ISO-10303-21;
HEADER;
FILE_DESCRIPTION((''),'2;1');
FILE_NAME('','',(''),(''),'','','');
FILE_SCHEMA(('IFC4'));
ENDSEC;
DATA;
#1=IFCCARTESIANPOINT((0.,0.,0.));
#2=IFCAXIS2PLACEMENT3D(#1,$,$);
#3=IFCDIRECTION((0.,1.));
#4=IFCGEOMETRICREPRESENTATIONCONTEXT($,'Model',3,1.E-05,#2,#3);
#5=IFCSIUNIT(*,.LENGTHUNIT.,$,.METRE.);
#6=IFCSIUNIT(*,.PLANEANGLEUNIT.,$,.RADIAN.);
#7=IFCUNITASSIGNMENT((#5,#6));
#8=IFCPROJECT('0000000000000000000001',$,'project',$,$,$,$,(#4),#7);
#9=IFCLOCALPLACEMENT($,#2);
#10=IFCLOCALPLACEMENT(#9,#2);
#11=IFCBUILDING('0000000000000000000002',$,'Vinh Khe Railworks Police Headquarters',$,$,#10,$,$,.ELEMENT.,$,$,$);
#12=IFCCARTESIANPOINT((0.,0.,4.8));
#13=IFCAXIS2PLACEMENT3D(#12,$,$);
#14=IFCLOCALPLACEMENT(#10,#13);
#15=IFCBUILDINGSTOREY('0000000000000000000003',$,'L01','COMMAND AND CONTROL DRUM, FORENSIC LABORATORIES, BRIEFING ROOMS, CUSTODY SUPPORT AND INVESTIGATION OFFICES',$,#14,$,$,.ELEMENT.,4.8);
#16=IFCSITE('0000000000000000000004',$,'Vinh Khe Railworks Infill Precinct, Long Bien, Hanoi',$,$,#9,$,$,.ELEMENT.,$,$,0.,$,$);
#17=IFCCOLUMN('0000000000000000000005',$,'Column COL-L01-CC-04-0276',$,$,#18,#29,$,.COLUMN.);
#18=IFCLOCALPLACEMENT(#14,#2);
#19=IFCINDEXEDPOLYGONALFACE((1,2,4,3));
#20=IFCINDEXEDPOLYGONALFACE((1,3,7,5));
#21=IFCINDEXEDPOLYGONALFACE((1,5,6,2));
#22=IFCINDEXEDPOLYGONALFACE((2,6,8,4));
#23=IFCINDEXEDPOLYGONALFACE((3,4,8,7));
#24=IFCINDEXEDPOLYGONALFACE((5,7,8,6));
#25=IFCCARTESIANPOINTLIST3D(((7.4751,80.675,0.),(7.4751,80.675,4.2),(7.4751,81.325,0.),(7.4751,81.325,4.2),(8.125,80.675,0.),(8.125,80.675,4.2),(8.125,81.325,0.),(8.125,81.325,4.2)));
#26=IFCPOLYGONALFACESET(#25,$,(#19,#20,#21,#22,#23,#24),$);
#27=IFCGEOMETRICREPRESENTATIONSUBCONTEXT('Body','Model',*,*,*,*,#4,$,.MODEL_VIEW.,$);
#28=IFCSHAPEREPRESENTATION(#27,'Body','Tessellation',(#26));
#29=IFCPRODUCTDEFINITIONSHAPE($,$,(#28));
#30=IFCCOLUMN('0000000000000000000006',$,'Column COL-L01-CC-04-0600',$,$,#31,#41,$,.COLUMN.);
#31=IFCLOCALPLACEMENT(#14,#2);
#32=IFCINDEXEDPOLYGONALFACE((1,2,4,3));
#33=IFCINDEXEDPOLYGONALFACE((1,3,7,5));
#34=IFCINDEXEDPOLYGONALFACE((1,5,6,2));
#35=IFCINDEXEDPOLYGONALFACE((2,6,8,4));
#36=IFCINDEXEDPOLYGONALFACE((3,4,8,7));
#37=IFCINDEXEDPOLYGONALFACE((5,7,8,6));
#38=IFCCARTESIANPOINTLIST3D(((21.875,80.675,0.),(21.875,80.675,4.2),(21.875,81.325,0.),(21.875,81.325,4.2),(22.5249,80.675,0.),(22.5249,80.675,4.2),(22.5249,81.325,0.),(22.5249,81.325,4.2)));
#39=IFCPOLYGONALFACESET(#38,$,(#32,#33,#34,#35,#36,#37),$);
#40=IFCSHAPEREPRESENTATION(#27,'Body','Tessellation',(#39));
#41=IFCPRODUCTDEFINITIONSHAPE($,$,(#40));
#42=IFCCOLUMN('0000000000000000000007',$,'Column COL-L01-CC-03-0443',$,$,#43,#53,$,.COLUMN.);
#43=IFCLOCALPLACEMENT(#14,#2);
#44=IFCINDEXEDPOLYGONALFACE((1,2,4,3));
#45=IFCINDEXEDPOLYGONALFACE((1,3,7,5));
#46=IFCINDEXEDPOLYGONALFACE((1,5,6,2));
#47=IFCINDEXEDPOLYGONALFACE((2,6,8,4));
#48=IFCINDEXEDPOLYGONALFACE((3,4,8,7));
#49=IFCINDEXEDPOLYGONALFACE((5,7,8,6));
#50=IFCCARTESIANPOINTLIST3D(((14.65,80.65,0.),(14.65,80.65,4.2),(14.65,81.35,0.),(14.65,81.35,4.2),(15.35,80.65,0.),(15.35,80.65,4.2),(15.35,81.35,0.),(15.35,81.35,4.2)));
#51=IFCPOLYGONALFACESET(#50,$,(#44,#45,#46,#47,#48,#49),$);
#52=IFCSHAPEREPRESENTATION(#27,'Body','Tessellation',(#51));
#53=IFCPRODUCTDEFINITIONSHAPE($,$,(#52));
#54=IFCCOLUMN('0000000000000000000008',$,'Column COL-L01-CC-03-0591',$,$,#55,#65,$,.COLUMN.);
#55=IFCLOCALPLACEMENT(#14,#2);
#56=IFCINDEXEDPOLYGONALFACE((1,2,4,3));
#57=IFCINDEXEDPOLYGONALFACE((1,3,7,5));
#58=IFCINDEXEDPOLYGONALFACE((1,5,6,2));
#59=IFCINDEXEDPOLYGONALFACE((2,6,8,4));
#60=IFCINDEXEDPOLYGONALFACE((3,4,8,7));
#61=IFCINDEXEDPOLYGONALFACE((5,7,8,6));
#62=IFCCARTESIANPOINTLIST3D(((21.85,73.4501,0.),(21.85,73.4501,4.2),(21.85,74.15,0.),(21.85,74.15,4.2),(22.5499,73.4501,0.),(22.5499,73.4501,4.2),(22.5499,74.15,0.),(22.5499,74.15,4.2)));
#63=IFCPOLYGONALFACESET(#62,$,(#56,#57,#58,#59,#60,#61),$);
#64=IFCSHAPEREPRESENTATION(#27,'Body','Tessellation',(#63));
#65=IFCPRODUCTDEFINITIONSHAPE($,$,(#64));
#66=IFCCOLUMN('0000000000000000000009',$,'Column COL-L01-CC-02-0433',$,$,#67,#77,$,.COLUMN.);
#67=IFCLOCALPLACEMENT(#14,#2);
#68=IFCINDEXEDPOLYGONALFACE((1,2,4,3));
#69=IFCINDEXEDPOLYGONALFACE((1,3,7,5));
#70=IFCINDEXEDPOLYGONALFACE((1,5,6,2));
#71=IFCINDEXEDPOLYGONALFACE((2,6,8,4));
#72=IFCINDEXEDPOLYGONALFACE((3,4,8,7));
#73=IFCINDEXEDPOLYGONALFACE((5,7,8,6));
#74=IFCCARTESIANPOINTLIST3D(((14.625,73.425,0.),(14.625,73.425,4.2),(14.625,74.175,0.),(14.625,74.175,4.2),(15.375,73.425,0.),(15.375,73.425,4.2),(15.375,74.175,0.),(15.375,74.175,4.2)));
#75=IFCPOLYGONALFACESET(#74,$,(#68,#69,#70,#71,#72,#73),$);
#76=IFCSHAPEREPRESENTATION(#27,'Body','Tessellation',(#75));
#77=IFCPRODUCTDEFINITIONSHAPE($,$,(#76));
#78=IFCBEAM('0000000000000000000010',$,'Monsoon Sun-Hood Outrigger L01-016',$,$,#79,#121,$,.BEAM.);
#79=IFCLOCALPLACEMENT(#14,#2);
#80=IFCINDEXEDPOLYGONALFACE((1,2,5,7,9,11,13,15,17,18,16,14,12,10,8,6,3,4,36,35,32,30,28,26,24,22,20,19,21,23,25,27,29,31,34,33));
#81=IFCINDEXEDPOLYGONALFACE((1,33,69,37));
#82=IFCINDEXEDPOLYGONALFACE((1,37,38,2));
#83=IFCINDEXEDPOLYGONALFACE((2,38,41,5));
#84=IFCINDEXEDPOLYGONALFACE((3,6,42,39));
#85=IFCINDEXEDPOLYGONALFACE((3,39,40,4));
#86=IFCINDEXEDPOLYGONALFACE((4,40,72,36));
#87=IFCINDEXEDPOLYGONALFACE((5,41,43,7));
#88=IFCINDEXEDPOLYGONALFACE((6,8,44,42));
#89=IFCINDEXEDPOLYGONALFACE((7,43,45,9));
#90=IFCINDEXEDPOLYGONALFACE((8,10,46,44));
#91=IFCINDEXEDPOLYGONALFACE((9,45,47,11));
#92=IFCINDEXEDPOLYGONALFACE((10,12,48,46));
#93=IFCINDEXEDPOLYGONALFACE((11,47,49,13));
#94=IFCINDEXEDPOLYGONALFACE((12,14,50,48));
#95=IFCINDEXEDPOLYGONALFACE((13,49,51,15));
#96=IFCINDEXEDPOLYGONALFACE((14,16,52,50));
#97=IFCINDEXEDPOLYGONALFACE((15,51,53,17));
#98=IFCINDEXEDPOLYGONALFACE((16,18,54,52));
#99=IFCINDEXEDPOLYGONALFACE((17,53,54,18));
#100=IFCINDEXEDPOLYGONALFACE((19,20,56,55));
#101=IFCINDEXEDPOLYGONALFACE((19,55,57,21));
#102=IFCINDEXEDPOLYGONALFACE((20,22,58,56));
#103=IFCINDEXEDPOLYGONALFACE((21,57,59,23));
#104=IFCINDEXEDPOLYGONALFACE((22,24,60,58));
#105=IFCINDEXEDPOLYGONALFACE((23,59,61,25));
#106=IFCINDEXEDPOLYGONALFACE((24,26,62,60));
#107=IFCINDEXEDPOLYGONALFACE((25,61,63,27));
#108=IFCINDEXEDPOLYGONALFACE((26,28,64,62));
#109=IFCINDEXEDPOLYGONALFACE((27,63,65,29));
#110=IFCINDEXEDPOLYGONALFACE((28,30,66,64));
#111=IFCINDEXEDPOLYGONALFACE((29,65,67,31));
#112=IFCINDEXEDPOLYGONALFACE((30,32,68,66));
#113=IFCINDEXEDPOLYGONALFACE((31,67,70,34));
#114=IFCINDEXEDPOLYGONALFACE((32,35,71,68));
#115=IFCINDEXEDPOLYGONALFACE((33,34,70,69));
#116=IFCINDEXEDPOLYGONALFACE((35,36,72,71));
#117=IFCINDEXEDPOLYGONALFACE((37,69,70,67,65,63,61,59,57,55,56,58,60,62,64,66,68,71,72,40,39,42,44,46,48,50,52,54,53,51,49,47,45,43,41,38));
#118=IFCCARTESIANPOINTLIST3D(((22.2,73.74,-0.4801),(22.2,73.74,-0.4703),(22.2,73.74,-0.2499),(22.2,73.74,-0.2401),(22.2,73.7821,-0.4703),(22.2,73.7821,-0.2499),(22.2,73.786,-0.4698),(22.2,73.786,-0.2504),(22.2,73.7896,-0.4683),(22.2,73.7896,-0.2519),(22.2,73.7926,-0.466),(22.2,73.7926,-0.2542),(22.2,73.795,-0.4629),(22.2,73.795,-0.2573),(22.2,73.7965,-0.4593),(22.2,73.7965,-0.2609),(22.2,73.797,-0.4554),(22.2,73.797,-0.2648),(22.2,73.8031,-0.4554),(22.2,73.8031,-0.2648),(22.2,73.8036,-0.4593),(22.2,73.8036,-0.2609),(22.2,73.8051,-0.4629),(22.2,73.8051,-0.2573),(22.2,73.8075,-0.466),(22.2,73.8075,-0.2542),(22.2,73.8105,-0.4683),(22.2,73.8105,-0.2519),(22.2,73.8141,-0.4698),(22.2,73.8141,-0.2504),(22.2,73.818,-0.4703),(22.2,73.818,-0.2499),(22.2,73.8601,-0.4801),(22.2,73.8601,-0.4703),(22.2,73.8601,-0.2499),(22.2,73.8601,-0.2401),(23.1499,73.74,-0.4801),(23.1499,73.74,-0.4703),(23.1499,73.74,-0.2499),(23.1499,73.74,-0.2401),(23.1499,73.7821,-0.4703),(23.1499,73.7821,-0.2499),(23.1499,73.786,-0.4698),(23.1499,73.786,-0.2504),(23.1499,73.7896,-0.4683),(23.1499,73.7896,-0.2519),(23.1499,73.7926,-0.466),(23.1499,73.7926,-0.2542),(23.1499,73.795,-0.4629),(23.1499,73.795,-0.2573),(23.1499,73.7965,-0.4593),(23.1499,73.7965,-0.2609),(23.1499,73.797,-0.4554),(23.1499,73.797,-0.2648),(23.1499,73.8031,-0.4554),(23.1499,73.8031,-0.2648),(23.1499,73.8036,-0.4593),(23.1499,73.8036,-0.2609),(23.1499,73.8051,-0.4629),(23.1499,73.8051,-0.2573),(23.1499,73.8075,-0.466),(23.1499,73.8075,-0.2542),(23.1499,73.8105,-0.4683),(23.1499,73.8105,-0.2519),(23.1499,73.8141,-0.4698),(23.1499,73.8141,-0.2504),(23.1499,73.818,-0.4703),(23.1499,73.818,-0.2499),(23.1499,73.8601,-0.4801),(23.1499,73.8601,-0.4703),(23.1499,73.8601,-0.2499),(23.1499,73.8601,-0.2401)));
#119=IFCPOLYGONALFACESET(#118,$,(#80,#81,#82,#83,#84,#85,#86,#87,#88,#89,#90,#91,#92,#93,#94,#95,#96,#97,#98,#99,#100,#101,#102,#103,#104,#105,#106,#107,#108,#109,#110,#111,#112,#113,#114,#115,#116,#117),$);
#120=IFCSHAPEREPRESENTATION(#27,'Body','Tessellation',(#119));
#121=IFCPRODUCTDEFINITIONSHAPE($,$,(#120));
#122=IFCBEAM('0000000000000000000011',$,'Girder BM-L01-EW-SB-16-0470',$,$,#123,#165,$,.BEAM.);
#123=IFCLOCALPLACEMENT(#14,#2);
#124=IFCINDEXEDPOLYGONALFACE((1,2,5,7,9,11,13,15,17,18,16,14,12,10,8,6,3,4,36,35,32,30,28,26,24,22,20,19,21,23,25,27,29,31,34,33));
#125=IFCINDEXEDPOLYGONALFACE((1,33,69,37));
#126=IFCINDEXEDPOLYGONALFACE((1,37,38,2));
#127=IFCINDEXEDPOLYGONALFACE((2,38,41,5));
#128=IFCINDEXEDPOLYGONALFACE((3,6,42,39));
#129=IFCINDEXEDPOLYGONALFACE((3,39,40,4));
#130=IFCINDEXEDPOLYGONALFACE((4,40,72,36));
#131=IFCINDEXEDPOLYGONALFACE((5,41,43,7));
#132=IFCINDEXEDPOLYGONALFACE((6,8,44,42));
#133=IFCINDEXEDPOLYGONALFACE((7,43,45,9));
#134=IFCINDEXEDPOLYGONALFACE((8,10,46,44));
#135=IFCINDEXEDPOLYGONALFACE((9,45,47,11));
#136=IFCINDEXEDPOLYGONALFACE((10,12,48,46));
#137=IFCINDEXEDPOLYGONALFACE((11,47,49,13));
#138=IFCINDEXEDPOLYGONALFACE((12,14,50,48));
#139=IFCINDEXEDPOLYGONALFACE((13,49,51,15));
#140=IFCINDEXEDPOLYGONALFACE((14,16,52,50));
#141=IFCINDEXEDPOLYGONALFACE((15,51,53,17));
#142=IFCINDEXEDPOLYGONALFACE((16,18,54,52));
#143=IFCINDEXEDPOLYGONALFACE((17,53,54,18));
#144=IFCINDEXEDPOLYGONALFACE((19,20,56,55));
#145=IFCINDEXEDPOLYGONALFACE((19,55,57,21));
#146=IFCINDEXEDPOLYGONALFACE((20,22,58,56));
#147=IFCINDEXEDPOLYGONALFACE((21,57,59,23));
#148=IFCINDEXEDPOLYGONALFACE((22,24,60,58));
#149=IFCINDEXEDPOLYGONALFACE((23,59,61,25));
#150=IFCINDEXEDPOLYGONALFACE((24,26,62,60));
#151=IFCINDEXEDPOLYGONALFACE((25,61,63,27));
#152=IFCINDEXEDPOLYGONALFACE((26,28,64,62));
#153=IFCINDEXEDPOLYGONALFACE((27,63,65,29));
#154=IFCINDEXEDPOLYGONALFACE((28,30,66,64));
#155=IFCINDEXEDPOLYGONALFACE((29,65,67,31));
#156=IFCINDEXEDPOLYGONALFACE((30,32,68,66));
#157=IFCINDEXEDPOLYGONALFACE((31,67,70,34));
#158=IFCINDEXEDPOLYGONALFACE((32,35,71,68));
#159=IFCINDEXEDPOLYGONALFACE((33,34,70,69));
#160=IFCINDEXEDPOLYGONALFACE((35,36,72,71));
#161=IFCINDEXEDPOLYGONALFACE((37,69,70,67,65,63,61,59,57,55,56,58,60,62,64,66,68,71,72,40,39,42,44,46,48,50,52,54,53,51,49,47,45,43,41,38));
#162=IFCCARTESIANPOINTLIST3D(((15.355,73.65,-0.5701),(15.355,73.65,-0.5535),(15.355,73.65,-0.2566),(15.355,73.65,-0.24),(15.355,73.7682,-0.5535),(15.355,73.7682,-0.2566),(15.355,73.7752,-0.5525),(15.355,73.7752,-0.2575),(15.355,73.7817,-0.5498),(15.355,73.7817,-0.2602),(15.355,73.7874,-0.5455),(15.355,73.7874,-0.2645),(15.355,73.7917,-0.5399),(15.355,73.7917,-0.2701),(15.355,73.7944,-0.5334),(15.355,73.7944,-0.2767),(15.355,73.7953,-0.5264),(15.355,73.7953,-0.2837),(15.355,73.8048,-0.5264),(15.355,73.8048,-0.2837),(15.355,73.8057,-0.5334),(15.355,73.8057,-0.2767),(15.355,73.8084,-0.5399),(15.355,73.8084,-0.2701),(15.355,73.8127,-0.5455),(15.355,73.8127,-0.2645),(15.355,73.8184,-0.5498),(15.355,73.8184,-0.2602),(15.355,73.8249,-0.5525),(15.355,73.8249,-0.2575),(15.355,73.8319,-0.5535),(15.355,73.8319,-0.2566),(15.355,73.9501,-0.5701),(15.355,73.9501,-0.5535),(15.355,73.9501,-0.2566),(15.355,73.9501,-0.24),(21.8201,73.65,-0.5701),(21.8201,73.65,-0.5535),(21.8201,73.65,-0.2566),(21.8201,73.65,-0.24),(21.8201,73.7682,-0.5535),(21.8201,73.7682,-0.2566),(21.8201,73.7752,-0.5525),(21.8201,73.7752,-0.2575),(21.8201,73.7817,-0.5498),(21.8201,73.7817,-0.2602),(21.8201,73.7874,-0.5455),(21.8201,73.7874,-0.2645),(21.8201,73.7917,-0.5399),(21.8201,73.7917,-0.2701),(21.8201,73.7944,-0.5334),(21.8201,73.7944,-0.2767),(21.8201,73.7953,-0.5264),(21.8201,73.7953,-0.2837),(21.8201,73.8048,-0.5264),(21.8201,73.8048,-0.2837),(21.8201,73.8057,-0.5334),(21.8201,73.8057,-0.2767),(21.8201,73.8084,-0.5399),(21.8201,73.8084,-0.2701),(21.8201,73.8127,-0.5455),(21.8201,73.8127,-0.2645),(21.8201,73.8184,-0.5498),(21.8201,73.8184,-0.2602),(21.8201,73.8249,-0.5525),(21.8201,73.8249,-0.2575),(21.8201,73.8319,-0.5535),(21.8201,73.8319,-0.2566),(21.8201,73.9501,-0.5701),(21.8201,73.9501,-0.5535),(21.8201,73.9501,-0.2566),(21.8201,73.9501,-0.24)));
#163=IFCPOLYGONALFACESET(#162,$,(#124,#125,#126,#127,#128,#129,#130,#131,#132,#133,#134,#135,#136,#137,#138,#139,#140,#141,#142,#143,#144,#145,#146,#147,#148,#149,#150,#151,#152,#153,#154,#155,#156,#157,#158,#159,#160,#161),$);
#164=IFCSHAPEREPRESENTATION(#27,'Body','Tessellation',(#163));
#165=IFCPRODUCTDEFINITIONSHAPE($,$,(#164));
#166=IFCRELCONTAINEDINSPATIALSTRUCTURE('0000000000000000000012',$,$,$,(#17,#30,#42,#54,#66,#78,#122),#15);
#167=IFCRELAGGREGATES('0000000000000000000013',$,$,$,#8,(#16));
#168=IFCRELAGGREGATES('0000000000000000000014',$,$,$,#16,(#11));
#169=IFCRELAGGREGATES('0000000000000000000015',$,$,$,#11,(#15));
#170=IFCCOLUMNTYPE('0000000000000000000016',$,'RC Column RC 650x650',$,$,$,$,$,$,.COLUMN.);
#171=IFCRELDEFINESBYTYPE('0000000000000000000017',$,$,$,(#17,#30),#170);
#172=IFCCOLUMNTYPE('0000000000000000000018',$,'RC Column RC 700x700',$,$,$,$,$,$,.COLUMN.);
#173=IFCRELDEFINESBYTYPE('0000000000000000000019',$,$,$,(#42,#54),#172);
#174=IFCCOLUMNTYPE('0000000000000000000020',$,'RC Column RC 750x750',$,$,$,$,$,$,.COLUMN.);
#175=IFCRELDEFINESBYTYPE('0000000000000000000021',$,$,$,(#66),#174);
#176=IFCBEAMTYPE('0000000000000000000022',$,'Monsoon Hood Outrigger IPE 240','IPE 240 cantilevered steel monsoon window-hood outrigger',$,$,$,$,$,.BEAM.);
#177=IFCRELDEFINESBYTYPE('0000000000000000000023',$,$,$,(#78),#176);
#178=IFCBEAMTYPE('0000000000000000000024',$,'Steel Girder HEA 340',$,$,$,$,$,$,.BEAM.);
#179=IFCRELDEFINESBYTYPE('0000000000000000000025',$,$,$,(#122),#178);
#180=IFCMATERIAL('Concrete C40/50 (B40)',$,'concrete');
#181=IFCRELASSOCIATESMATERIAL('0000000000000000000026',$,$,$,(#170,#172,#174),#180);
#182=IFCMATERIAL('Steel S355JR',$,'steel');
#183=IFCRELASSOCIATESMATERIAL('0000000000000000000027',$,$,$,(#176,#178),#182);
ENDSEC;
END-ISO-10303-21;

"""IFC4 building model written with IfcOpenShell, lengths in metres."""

from ifc_helpers import new_model, si_unit, direction, frame, origin, origin_2d, place, context, subcontext, project, spatial, rectangle, i_section, extrude, material, material_profile, profile_set, type_object, element, save


model = new_model("IFC4")

# Units and contexts
model_context = context("Model", 3, precision=1e-05, world=origin(), true_north=direction((0.0, 1.0)))
body_context = subcontext(model_context, "Body", "Model", "MODEL_VIEW")
ifc_project = project(units=[si_unit("LENGTHUNIT", "METRE"), si_unit("PLANEANGLEUNIT", "RADIAN")], contexts=[model_context])

# Site, building, storey
site_placement = place(None, origin())
site = spatial("IfcSite", under=ifc_project, at=site_placement, Name="Vinh Khe Railworks Infill Precinct, Long Bien, Hanoi", CompositionType="ELEMENT", RefElevation=0.0)
building_placement = place(site_placement, origin())
building = spatial("IfcBuilding", under=site, at=building_placement, Name="Vinh Khe Railworks Police Headquarters", CompositionType="ELEMENT")
storey_placement = place(building_placement, frame((0.0, 0.0, 4.8)))
storey = spatial("IfcBuildingStorey", under=building, at=storey_placement, Name="L01", Description="COMMAND AND CONTROL DRUM, FORENSIC LABORATORIES, BRIEFING ROOMS, CUSTODY SUPPORT AND INVESTIGATION OFFICES", CompositionType="ELEMENT", Elevation=4.8)

# Columns
ifc_material_1 = material(Name="Concrete C40/50 (B40)", Category="concrete")
ifc_material_profile_1 = material_profile(ifc_material_1, rectangle(XDim=0.6499, YDim=0.6499, at=origin_2d()), Name="RC 650x650")
ifc_profile_set_1 = profile_set([ifc_material_profile_1], Name="Concrete C40/50 (B40)")
column_type_1 = type_object("IfcColumnType", Name="RC Column RC 650x650", PredefinedType="COLUMN", material=ifc_profile_set_1)
for number, where, z_axis, x_axis, name in (
    (1, (7.8, 81.0, 0.0), (0.0, 0.0, 1.0), (1.0, 0.0, 0.0), "Column COL-L01-CC-04-0276"),
    (2, (22.2, 81.0, 0.0), (0.0, 0.0, 1.0), (1.0, 0.0, 0.0), "Column COL-L01-CC-04-0600"),
):
    element("IfcColumn", number, at=place(storey_placement, frame(where, z_axis=z_axis, x_axis=x_axis)), inside=storey, type_object=column_type_1, Name=name, PredefinedType="COLUMN", context=body_context, shape_type="SweptSolid", body=[
        extrude(rectangle(XDim=0.6499, YDim=0.6499, at=origin_2d()), origin(), (0.0, 0.0, 1.0), 4.2),
    ])
ifc_material_profile_2 = material_profile(ifc_material_1, rectangle(XDim=0.7, YDim=0.7, at=origin_2d()), Name="RC 700x700")
ifc_profile_set_2 = profile_set([ifc_material_profile_2], Name="Concrete C40/50 (B40)")
column_type_2 = type_object("IfcColumnType", Name="RC Column RC 700x700", PredefinedType="COLUMN", material=ifc_profile_set_2)
for number, where, z_axis, x_axis, name in (
    (3, (15.0, 81.0, 0.0), (0.0, 0.0, 1.0), (1.0, 0.0, 0.0), "Column COL-L01-CC-03-0443"),
    (4, (22.2, 73.8, 0.0), (0.0, 0.0, 1.0), (1.0, 0.0, 0.0), "Column COL-L01-CC-03-0591"),
):
    element("IfcColumn", number, at=place(storey_placement, frame(where, z_axis=z_axis, x_axis=x_axis)), inside=storey, type_object=column_type_2, Name=name, PredefinedType="COLUMN", context=body_context, shape_type="SweptSolid", body=[
        extrude(rectangle(XDim=0.7, YDim=0.7, at=origin_2d()), origin(), (0.0, 0.0, 1.0), 4.2),
    ])
ifc_material_profile_3 = material_profile(ifc_material_1, rectangle(XDim=0.75, YDim=0.75, at=origin_2d()), Name="RC 750x750")
ifc_profile_set_3 = profile_set([ifc_material_profile_3], Name="Concrete C40/50 (B40)")
column_type_3 = type_object("IfcColumnType", Name="RC Column RC 750x750", PredefinedType="COLUMN", material=ifc_profile_set_3)
column_placement = place(storey_placement, frame((15.0, 73.8, 0.0), z_axis=(0.0, 0.0, 1.0), x_axis=(1.0, 0.0, 0.0)))
element("IfcColumn", 5, at=column_placement, inside=storey, type_object=column_type_3, Name="Column COL-L01-CC-02-0433", PredefinedType="COLUMN", context=body_context, shape_type="SweptSolid", body=[
    extrude(rectangle(XDim=0.75, YDim=0.75, at=origin_2d()), origin(), (0.0, 0.0, 1.0), 4.2),
])

# Beams
ifc_material_2 = material(Name="Steel S355JR", Category="steel")
ifc_material_profile_4 = material_profile(ifc_material_2, i_section(OverallWidth=0.1201, OverallDepth=0.24, WebThickness=0.0061, FlangeThickness=0.0098, FilletRadius=0.0149, at=origin_2d()), Name="IPE 240")
ifc_profile_set_4 = profile_set([ifc_material_profile_4], Name="Steel S355JR")
beam_type_1 = type_object("IfcBeamType", Name="Monsoon Hood Outrigger IPE 240", Description="IPE 240 cantilevered steel monsoon window-hood outrigger", PredefinedType="BEAM", material=ifc_profile_set_4)
beam_1_placement = place(storey_placement, frame((22.2, 73.8, -0.3601), z_axis=(1.0, 0.0, 0.0), x_axis=(0.0, 1.0, 0.0)))
element("IfcBeam", 6, at=beam_1_placement, inside=storey, type_object=beam_type_1, Name="Monsoon Sun-Hood Outrigger L01-016", PredefinedType="BEAM", context=body_context, shape_type="SweptSolid", body=[
    extrude(i_section(OverallWidth=0.1201, OverallDepth=0.24, WebThickness=0.0061, FlangeThickness=0.0098, FilletRadius=0.0149, at=origin_2d()), origin(), (0.0, 0.0, 1.0), 0.95),
])
ifc_material_profile_5 = material_profile(ifc_material_2, i_section(OverallWidth=0.3, OverallDepth=0.3301, WebThickness=0.0095, FlangeThickness=0.0166, FilletRadius=0.0271, at=origin_2d()), Name="HEA 340")
ifc_profile_set_5 = profile_set([ifc_material_profile_5], Name="Steel S355JR")
beam_type_2 = type_object("IfcBeamType", Name="Steel Girder HEA 340", PredefinedType="BEAM", material=ifc_profile_set_5)
beam_2_placement = place(storey_placement, frame((15.355, 73.8, -0.405), z_axis=(1.0, 0.0, 0.0), x_axis=(0.0, 1.0, 0.0)))
element("IfcBeam", 7, at=beam_2_placement, inside=storey, type_object=beam_type_2, Name="Girder BM-L01-EW-SB-16-0470", PredefinedType="BEAM", context=body_context, shape_type="SweptSolid", body=[
    extrude(i_section(OverallWidth=0.3, OverallDepth=0.3301, WebThickness=0.0095, FlangeThickness=0.0166, FilletRadius=0.0271, at=origin_2d()), origin(), (0.0, 0.0, 1.0), 6.4651),
])

save(model, "model.ifc")
